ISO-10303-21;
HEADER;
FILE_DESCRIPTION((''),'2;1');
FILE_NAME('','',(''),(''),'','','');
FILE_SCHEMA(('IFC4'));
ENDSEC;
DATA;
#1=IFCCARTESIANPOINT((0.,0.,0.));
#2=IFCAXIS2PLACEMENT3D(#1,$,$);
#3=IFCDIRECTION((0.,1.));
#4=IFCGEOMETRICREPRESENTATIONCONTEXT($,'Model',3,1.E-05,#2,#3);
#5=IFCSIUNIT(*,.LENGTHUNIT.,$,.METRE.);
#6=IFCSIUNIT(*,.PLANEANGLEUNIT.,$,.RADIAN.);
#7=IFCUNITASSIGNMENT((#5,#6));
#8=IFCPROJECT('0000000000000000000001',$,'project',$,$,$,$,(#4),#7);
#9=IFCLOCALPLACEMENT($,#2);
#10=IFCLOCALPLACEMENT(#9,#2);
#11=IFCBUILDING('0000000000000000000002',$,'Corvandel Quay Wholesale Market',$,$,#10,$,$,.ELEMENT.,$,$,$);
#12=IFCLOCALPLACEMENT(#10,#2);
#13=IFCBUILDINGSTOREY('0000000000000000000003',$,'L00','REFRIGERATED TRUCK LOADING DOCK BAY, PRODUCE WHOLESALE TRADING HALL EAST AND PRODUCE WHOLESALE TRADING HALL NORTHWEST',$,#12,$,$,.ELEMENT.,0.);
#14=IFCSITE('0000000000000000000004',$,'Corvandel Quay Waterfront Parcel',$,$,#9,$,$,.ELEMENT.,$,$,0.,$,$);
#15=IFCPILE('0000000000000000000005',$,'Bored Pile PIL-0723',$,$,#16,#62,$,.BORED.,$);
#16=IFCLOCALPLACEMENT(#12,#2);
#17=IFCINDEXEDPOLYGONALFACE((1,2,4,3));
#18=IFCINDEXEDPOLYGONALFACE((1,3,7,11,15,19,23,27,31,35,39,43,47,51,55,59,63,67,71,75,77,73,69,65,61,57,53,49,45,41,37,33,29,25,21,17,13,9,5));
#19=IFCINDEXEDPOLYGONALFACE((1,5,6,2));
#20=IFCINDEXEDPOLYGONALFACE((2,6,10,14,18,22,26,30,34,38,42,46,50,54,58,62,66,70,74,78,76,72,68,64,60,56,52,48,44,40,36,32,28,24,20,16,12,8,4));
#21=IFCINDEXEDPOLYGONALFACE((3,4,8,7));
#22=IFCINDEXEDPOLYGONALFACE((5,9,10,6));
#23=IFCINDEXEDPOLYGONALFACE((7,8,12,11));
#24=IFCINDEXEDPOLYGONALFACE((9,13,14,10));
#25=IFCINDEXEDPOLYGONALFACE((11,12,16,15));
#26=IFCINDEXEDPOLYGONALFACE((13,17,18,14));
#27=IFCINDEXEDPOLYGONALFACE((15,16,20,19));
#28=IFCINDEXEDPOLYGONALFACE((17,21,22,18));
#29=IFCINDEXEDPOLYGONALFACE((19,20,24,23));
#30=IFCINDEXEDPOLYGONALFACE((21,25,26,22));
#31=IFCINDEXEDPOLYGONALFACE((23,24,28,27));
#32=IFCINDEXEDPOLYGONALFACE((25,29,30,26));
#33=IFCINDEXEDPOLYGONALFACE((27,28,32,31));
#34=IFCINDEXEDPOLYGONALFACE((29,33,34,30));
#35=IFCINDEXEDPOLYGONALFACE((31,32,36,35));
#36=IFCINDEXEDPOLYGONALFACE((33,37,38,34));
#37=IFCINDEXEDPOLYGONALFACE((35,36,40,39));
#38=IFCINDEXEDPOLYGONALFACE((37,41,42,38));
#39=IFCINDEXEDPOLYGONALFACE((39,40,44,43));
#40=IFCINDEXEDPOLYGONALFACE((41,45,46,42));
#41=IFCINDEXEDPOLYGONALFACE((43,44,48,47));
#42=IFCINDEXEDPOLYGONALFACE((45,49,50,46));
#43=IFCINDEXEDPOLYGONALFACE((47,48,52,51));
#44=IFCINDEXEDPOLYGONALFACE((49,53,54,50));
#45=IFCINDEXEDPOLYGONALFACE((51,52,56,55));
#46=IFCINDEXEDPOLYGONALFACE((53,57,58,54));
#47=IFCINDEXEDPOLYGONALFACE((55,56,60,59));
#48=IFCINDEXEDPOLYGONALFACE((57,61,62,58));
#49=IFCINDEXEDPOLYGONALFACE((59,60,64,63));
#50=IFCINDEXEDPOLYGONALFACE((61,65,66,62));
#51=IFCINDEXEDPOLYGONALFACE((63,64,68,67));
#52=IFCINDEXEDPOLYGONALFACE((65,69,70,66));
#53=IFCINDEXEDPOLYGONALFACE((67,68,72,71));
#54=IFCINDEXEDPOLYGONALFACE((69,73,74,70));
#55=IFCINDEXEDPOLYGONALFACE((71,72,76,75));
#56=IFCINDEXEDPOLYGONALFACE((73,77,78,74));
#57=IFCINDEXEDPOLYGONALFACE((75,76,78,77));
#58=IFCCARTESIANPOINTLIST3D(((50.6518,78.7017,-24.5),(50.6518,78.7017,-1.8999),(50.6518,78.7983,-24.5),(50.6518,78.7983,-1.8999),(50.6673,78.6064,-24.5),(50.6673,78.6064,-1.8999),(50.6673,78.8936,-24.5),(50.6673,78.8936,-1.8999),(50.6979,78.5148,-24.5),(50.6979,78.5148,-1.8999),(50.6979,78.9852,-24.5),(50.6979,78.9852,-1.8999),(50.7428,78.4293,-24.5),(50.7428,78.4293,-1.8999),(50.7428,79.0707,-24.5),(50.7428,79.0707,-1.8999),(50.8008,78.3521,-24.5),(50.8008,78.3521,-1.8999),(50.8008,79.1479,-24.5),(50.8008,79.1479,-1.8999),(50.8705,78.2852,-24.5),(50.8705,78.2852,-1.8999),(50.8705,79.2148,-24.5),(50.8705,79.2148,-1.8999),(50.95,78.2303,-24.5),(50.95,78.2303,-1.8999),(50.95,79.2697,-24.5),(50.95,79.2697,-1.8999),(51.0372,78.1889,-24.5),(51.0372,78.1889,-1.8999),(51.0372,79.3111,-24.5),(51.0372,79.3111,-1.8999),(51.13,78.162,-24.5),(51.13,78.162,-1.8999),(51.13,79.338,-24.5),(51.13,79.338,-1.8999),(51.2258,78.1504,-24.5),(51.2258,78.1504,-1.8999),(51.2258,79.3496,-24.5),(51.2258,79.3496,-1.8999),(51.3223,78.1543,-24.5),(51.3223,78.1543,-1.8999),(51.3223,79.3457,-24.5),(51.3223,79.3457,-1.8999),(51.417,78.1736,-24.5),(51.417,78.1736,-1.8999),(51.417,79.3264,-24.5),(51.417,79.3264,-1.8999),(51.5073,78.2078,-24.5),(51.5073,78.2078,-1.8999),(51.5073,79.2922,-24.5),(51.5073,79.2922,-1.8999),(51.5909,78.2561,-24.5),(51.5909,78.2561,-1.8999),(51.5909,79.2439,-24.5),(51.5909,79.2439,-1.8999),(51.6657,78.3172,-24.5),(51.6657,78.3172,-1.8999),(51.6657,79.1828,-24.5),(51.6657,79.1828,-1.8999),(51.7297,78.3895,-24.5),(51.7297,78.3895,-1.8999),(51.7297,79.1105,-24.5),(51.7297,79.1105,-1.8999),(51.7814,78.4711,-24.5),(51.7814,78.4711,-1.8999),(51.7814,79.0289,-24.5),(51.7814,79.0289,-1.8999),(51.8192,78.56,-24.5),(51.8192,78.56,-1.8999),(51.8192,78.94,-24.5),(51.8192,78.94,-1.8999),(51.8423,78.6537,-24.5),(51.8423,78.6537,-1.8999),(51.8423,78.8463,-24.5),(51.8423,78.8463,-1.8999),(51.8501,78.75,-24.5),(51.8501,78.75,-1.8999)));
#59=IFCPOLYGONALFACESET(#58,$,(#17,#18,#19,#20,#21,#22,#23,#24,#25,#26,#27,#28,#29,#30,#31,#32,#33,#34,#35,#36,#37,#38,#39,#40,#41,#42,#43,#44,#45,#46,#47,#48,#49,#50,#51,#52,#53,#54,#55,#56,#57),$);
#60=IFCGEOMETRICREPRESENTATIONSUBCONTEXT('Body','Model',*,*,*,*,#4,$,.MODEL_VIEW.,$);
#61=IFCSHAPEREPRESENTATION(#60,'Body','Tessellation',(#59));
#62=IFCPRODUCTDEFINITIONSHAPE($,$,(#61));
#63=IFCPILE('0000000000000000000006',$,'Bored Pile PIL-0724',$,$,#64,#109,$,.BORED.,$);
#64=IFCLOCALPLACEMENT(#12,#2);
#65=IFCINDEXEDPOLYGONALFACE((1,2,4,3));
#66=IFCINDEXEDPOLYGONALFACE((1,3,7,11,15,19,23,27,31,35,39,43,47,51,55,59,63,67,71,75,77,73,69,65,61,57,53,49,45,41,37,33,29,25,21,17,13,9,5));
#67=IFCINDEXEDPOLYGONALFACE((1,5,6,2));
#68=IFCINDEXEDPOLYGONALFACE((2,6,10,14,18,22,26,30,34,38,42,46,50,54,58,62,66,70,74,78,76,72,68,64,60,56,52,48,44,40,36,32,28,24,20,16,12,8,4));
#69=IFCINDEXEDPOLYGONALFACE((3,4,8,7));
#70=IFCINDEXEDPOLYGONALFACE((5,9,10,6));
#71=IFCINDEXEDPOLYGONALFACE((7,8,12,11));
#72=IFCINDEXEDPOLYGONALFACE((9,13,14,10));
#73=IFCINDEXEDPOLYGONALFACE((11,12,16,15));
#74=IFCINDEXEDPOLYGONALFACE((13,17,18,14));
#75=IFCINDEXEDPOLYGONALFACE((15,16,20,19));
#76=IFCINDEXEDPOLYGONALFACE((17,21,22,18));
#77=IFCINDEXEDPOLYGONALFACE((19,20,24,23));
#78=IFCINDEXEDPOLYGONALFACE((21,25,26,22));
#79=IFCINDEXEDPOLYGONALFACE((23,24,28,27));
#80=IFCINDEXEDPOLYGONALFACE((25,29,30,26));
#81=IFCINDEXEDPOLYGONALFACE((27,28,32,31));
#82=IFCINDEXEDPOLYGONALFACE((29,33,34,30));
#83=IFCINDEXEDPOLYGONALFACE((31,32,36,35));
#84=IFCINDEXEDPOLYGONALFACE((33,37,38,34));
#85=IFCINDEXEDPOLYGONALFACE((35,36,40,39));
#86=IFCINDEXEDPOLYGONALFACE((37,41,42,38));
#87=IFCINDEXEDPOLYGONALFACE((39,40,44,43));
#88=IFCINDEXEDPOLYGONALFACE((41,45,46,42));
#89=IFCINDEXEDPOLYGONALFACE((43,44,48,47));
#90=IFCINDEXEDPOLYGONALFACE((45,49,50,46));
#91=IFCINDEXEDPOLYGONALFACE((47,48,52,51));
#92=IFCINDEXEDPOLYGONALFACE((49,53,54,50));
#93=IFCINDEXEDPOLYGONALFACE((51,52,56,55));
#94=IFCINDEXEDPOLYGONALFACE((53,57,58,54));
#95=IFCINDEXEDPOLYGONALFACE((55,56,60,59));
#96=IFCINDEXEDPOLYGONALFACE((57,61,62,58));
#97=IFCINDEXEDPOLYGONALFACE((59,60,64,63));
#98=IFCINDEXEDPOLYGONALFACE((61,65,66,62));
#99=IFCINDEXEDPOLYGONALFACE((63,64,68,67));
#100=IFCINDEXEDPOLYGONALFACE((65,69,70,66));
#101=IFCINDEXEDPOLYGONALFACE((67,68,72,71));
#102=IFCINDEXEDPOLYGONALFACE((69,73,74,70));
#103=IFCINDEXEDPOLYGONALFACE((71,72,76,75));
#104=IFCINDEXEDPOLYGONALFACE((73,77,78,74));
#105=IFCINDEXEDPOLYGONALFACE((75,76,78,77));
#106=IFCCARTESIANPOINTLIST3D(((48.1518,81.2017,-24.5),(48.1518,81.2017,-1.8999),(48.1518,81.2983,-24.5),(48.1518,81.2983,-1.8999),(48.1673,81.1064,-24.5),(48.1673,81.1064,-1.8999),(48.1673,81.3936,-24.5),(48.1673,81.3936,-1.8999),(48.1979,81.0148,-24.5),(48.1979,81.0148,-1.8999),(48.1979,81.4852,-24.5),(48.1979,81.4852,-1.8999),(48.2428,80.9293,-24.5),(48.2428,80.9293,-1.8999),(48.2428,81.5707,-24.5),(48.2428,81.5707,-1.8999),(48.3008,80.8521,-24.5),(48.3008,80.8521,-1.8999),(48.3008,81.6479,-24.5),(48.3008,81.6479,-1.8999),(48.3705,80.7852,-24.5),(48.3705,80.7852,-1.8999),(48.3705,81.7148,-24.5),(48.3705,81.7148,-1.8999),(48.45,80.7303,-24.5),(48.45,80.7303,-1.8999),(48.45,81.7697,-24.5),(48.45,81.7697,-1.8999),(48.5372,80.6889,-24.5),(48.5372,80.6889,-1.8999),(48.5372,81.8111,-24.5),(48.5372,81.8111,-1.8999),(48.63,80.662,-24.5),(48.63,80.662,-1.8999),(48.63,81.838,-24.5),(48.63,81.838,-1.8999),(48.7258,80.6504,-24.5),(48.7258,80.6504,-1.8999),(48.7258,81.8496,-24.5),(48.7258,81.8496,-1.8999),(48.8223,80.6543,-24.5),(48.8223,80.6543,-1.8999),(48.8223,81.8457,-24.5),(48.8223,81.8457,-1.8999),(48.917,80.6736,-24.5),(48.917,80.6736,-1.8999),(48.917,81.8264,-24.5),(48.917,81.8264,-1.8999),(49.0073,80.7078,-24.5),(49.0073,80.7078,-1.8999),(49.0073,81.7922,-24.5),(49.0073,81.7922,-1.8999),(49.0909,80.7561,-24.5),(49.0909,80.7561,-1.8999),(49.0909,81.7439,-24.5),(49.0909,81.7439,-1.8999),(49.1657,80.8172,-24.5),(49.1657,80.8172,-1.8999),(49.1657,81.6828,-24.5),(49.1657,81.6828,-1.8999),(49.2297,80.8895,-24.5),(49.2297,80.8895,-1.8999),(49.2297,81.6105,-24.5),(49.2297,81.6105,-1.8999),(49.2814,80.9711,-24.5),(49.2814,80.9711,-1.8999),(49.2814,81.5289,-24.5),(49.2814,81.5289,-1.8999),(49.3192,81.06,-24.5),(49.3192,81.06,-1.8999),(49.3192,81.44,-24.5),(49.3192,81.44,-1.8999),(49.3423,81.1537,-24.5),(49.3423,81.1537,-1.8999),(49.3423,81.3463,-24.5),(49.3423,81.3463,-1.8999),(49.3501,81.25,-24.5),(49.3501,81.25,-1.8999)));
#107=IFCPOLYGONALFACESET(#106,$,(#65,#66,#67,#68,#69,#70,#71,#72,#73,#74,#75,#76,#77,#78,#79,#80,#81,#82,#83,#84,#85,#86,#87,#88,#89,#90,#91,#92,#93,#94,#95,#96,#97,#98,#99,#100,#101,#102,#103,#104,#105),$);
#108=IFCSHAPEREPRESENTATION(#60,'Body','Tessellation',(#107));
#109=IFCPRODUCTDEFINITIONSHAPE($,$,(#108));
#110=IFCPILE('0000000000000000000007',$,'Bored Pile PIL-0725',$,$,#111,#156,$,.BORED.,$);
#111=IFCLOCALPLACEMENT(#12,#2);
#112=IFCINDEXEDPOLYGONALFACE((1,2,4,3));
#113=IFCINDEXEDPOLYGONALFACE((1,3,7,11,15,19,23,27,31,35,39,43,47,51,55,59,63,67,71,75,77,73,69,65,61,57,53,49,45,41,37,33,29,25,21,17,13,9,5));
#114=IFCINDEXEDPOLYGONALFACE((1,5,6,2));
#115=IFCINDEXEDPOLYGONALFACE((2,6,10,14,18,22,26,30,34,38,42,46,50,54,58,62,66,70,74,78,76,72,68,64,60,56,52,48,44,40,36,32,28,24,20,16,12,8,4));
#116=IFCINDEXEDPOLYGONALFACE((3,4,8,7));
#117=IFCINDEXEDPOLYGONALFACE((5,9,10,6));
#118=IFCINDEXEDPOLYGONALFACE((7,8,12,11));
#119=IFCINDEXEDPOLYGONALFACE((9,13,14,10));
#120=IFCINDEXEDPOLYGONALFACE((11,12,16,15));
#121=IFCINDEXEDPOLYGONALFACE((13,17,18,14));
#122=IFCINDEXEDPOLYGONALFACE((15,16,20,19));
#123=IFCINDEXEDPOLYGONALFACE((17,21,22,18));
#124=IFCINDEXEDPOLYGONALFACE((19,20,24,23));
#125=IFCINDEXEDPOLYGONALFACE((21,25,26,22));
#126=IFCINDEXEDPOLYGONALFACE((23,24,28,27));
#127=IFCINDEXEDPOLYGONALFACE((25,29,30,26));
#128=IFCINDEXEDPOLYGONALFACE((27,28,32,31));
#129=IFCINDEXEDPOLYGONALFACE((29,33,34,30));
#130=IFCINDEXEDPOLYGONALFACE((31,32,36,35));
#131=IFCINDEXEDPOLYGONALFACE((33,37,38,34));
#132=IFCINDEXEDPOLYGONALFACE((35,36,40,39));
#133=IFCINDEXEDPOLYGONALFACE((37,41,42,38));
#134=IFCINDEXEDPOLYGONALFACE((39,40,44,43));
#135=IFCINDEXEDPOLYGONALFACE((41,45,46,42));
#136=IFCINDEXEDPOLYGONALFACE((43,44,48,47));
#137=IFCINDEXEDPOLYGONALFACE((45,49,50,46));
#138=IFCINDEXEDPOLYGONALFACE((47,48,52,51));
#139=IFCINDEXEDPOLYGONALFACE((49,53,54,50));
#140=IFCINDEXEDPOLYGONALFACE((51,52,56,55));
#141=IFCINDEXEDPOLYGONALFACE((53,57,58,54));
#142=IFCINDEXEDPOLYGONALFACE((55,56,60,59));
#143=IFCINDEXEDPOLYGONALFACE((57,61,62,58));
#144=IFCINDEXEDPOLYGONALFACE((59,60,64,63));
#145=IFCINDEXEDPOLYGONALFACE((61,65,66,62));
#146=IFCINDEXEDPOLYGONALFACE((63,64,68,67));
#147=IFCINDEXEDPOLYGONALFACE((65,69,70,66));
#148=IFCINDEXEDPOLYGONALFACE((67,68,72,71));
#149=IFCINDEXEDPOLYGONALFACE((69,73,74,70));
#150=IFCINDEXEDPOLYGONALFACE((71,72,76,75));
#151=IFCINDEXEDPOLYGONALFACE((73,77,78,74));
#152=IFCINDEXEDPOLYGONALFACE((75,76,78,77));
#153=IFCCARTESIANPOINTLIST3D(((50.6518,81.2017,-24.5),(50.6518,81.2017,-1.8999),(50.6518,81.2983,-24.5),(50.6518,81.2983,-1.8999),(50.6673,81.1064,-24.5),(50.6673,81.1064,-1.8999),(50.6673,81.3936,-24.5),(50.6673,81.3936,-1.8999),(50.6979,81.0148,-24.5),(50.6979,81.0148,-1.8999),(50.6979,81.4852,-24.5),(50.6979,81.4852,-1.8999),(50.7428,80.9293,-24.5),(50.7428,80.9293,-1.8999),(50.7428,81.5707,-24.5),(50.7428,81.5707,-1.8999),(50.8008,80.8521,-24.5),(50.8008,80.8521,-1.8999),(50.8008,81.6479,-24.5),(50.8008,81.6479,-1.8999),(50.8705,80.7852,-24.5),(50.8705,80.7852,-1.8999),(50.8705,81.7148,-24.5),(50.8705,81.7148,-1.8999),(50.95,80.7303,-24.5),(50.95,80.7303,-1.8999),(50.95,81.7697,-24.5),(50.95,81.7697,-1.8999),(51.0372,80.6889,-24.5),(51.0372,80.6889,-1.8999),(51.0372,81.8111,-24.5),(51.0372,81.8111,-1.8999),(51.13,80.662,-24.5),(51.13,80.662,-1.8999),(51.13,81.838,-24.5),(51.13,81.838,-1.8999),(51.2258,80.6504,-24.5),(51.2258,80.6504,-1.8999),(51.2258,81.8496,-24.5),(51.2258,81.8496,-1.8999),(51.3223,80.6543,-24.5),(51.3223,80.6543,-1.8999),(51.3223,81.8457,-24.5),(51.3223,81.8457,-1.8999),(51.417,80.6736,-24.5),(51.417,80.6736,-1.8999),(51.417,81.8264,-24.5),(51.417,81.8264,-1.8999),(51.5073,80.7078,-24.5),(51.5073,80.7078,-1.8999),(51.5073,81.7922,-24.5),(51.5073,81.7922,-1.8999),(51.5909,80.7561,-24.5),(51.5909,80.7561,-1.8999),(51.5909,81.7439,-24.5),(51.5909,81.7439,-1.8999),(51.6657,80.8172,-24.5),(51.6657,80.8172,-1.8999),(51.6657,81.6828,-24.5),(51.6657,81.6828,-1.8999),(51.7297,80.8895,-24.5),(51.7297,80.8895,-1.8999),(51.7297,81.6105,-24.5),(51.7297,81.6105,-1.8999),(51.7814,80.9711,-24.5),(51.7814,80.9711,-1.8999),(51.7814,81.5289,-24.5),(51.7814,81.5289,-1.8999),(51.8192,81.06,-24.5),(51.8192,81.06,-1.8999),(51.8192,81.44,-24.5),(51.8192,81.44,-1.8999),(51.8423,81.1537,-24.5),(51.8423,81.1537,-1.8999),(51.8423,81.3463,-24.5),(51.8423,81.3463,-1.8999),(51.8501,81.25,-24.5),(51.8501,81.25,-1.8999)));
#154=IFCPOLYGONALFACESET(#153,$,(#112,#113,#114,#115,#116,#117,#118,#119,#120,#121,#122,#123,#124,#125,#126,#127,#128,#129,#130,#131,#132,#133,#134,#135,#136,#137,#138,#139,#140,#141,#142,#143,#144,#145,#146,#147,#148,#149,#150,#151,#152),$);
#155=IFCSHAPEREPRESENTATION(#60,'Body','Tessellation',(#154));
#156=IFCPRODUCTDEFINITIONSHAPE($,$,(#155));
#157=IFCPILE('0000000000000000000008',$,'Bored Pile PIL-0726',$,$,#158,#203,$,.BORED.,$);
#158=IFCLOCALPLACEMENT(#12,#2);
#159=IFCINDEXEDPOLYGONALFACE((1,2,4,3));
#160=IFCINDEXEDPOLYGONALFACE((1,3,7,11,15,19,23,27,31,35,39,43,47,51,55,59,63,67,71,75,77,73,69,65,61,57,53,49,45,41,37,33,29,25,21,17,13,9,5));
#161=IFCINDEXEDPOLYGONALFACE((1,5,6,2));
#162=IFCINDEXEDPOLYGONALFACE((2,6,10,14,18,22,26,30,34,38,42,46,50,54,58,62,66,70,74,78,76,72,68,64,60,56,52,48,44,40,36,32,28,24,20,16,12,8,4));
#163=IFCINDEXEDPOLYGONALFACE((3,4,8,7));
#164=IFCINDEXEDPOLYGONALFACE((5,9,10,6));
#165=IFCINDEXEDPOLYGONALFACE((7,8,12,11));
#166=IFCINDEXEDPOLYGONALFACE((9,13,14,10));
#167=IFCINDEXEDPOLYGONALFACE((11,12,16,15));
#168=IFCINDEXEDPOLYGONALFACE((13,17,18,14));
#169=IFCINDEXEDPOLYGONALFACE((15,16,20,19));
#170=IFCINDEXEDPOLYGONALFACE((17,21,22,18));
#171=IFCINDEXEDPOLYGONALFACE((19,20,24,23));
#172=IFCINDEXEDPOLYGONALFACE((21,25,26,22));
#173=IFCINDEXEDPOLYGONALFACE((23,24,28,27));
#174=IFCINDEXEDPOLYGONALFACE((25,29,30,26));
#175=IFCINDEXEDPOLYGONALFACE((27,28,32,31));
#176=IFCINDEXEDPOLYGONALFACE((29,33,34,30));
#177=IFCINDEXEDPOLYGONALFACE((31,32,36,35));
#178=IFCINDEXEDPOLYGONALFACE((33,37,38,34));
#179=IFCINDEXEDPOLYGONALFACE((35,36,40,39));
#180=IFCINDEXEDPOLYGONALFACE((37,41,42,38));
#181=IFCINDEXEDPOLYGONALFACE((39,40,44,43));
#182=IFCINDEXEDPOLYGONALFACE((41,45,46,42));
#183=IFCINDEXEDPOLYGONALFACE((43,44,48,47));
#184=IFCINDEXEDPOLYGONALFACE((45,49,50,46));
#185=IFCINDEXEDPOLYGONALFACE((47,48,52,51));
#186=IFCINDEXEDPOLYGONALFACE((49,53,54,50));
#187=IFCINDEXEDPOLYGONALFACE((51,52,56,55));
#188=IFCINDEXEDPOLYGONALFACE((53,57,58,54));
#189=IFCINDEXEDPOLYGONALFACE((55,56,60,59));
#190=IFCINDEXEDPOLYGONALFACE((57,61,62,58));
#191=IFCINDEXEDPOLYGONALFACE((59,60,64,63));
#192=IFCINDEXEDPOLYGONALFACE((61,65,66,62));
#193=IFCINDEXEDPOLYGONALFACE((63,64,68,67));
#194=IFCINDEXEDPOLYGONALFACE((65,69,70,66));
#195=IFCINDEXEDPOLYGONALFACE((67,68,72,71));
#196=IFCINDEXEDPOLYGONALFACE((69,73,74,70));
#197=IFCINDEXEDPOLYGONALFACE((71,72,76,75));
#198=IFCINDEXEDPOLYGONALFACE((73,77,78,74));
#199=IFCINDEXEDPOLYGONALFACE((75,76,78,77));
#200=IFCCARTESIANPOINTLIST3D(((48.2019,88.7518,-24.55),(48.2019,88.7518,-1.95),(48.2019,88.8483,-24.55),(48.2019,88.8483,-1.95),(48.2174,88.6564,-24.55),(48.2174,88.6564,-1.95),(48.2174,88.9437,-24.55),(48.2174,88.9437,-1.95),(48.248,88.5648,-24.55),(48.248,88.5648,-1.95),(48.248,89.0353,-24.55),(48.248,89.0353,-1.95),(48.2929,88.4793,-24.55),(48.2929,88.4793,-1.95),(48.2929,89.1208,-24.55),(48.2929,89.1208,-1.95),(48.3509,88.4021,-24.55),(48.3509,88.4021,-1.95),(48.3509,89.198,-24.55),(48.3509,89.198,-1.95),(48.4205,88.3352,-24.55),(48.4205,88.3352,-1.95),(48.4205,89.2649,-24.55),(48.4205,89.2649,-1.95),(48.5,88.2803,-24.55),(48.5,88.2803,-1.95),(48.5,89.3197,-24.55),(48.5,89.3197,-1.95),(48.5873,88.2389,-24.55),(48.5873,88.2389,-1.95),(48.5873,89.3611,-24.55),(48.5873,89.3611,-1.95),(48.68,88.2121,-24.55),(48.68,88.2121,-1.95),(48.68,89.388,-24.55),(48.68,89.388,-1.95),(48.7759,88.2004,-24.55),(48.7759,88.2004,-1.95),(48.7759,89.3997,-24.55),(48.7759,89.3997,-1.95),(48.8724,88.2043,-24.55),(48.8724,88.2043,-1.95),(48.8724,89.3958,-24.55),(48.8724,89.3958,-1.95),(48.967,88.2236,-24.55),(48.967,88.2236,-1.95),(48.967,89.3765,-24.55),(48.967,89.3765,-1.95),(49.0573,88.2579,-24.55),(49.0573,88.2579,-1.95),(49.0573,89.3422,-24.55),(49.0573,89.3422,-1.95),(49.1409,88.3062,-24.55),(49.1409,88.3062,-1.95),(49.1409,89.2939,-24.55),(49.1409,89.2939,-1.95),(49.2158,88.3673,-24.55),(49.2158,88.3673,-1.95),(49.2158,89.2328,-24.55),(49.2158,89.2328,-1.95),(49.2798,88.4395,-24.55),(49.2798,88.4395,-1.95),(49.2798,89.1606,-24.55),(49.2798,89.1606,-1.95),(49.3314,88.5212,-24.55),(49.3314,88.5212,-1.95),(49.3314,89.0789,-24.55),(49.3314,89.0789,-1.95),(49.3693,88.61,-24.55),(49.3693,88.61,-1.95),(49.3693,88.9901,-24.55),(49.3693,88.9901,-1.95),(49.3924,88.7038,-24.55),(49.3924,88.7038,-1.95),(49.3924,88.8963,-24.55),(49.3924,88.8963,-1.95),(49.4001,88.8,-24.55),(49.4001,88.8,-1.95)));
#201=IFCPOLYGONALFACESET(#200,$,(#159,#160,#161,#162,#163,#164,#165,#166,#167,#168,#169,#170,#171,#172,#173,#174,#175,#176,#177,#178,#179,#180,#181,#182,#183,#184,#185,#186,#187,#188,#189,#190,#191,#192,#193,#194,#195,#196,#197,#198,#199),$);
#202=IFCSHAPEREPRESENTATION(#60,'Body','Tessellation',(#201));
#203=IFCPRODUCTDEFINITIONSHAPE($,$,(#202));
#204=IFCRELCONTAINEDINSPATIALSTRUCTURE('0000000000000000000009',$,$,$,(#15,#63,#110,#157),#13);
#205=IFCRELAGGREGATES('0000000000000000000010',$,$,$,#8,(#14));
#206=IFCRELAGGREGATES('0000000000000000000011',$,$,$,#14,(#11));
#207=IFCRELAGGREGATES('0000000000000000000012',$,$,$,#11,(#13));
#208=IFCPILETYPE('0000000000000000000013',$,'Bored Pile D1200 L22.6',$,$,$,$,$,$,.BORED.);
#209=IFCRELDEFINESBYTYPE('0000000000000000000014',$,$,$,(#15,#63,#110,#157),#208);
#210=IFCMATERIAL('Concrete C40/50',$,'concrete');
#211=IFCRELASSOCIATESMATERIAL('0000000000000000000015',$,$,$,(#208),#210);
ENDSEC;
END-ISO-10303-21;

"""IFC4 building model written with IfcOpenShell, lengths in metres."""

from ifc_helpers import new_model, si_unit, direction, frame, origin, origin_2d, place, context, subcontext, project, spatial, circle, extrude, material, material_profile, profile_set, type_object, element, save


model = new_model("IFC4")

# Units and contexts
model_context = context("Model", 3, precision=1e-05, world=origin(), true_north=direction((0.0, 1.0)))
body_context = subcontext(model_context, "Body", "Model", "MODEL_VIEW")
ifc_project = project(units=[si_unit("LENGTHUNIT", "METRE"), si_unit("PLANEANGLEUNIT", "RADIAN")], contexts=[model_context])

# Site, building, storey
site_placement = place(None, origin())
site = spatial("IfcSite", under=ifc_project, at=site_placement, Name="Corvandel Quay Waterfront Parcel", CompositionType="ELEMENT", RefElevation=0.0)
building_placement = place(site_placement, origin())
building = spatial("IfcBuilding", under=site, at=building_placement, Name="Corvandel Quay Wholesale Market", CompositionType="ELEMENT")
storey_placement = place(building_placement, origin())
storey = spatial("IfcBuildingStorey", under=building, at=storey_placement, Name="L00", Description="REFRIGERATED TRUCK LOADING DOCK BAY, PRODUCE WHOLESALE TRADING HALL EAST AND PRODUCE WHOLESALE TRADING HALL NORTHWEST", CompositionType="ELEMENT", Elevation=0.0)

# Piles
ifc_material_1 = material(Name="Concrete C40/50", Category="concrete")
ifc_material_profile_1 = material_profile(ifc_material_1, circle(Radius=0.6001, at=origin_2d()), Name="RC-PILE-D1200")
ifc_profile_set_1 = profile_set([ifc_material_profile_1], Name="Concrete C40/50")
pile_type_1 = type_object("IfcPileType", Name="Bored Pile D1200 L22.6", PredefinedType="BORED", material=ifc_profile_set_1)
for number, where, z_axis, x_axis, name in (
    (1, (51.25, 78.75, -1.8999), (0.0, 0.0, -1.0), (1.0, 0.0, 0.0), "Bored Pile PIL-0723"),
    (2, (48.75, 81.25, -1.8999), (0.0, 0.0, -1.0), (1.0, 0.0, 0.0), "Bored Pile PIL-0724"),
    (3, (51.25, 81.25, -1.8999), (0.0, 0.0, -1.0), (1.0, 0.0, 0.0), "Bored Pile PIL-0725"),
    (4, (48.8, 88.8, -1.95), (0.0, 0.0, -1.0), (1.0, 0.0, 0.0), "Bored Pile PIL-0726"),
):
    element("IfcPile", number, at=place(storey_placement, frame(where, z_axis=z_axis, x_axis=x_axis)), inside=storey, type_object=pile_type_1, Name=name, PredefinedType="BORED", context=body_context, shape_type="SweptSolid", body=[
        extrude(circle(Radius=0.6001, at=origin_2d()), origin(), (0.0, 0.0, 1.0), 22.6001),
    ])

save(model, "model.ifc")
